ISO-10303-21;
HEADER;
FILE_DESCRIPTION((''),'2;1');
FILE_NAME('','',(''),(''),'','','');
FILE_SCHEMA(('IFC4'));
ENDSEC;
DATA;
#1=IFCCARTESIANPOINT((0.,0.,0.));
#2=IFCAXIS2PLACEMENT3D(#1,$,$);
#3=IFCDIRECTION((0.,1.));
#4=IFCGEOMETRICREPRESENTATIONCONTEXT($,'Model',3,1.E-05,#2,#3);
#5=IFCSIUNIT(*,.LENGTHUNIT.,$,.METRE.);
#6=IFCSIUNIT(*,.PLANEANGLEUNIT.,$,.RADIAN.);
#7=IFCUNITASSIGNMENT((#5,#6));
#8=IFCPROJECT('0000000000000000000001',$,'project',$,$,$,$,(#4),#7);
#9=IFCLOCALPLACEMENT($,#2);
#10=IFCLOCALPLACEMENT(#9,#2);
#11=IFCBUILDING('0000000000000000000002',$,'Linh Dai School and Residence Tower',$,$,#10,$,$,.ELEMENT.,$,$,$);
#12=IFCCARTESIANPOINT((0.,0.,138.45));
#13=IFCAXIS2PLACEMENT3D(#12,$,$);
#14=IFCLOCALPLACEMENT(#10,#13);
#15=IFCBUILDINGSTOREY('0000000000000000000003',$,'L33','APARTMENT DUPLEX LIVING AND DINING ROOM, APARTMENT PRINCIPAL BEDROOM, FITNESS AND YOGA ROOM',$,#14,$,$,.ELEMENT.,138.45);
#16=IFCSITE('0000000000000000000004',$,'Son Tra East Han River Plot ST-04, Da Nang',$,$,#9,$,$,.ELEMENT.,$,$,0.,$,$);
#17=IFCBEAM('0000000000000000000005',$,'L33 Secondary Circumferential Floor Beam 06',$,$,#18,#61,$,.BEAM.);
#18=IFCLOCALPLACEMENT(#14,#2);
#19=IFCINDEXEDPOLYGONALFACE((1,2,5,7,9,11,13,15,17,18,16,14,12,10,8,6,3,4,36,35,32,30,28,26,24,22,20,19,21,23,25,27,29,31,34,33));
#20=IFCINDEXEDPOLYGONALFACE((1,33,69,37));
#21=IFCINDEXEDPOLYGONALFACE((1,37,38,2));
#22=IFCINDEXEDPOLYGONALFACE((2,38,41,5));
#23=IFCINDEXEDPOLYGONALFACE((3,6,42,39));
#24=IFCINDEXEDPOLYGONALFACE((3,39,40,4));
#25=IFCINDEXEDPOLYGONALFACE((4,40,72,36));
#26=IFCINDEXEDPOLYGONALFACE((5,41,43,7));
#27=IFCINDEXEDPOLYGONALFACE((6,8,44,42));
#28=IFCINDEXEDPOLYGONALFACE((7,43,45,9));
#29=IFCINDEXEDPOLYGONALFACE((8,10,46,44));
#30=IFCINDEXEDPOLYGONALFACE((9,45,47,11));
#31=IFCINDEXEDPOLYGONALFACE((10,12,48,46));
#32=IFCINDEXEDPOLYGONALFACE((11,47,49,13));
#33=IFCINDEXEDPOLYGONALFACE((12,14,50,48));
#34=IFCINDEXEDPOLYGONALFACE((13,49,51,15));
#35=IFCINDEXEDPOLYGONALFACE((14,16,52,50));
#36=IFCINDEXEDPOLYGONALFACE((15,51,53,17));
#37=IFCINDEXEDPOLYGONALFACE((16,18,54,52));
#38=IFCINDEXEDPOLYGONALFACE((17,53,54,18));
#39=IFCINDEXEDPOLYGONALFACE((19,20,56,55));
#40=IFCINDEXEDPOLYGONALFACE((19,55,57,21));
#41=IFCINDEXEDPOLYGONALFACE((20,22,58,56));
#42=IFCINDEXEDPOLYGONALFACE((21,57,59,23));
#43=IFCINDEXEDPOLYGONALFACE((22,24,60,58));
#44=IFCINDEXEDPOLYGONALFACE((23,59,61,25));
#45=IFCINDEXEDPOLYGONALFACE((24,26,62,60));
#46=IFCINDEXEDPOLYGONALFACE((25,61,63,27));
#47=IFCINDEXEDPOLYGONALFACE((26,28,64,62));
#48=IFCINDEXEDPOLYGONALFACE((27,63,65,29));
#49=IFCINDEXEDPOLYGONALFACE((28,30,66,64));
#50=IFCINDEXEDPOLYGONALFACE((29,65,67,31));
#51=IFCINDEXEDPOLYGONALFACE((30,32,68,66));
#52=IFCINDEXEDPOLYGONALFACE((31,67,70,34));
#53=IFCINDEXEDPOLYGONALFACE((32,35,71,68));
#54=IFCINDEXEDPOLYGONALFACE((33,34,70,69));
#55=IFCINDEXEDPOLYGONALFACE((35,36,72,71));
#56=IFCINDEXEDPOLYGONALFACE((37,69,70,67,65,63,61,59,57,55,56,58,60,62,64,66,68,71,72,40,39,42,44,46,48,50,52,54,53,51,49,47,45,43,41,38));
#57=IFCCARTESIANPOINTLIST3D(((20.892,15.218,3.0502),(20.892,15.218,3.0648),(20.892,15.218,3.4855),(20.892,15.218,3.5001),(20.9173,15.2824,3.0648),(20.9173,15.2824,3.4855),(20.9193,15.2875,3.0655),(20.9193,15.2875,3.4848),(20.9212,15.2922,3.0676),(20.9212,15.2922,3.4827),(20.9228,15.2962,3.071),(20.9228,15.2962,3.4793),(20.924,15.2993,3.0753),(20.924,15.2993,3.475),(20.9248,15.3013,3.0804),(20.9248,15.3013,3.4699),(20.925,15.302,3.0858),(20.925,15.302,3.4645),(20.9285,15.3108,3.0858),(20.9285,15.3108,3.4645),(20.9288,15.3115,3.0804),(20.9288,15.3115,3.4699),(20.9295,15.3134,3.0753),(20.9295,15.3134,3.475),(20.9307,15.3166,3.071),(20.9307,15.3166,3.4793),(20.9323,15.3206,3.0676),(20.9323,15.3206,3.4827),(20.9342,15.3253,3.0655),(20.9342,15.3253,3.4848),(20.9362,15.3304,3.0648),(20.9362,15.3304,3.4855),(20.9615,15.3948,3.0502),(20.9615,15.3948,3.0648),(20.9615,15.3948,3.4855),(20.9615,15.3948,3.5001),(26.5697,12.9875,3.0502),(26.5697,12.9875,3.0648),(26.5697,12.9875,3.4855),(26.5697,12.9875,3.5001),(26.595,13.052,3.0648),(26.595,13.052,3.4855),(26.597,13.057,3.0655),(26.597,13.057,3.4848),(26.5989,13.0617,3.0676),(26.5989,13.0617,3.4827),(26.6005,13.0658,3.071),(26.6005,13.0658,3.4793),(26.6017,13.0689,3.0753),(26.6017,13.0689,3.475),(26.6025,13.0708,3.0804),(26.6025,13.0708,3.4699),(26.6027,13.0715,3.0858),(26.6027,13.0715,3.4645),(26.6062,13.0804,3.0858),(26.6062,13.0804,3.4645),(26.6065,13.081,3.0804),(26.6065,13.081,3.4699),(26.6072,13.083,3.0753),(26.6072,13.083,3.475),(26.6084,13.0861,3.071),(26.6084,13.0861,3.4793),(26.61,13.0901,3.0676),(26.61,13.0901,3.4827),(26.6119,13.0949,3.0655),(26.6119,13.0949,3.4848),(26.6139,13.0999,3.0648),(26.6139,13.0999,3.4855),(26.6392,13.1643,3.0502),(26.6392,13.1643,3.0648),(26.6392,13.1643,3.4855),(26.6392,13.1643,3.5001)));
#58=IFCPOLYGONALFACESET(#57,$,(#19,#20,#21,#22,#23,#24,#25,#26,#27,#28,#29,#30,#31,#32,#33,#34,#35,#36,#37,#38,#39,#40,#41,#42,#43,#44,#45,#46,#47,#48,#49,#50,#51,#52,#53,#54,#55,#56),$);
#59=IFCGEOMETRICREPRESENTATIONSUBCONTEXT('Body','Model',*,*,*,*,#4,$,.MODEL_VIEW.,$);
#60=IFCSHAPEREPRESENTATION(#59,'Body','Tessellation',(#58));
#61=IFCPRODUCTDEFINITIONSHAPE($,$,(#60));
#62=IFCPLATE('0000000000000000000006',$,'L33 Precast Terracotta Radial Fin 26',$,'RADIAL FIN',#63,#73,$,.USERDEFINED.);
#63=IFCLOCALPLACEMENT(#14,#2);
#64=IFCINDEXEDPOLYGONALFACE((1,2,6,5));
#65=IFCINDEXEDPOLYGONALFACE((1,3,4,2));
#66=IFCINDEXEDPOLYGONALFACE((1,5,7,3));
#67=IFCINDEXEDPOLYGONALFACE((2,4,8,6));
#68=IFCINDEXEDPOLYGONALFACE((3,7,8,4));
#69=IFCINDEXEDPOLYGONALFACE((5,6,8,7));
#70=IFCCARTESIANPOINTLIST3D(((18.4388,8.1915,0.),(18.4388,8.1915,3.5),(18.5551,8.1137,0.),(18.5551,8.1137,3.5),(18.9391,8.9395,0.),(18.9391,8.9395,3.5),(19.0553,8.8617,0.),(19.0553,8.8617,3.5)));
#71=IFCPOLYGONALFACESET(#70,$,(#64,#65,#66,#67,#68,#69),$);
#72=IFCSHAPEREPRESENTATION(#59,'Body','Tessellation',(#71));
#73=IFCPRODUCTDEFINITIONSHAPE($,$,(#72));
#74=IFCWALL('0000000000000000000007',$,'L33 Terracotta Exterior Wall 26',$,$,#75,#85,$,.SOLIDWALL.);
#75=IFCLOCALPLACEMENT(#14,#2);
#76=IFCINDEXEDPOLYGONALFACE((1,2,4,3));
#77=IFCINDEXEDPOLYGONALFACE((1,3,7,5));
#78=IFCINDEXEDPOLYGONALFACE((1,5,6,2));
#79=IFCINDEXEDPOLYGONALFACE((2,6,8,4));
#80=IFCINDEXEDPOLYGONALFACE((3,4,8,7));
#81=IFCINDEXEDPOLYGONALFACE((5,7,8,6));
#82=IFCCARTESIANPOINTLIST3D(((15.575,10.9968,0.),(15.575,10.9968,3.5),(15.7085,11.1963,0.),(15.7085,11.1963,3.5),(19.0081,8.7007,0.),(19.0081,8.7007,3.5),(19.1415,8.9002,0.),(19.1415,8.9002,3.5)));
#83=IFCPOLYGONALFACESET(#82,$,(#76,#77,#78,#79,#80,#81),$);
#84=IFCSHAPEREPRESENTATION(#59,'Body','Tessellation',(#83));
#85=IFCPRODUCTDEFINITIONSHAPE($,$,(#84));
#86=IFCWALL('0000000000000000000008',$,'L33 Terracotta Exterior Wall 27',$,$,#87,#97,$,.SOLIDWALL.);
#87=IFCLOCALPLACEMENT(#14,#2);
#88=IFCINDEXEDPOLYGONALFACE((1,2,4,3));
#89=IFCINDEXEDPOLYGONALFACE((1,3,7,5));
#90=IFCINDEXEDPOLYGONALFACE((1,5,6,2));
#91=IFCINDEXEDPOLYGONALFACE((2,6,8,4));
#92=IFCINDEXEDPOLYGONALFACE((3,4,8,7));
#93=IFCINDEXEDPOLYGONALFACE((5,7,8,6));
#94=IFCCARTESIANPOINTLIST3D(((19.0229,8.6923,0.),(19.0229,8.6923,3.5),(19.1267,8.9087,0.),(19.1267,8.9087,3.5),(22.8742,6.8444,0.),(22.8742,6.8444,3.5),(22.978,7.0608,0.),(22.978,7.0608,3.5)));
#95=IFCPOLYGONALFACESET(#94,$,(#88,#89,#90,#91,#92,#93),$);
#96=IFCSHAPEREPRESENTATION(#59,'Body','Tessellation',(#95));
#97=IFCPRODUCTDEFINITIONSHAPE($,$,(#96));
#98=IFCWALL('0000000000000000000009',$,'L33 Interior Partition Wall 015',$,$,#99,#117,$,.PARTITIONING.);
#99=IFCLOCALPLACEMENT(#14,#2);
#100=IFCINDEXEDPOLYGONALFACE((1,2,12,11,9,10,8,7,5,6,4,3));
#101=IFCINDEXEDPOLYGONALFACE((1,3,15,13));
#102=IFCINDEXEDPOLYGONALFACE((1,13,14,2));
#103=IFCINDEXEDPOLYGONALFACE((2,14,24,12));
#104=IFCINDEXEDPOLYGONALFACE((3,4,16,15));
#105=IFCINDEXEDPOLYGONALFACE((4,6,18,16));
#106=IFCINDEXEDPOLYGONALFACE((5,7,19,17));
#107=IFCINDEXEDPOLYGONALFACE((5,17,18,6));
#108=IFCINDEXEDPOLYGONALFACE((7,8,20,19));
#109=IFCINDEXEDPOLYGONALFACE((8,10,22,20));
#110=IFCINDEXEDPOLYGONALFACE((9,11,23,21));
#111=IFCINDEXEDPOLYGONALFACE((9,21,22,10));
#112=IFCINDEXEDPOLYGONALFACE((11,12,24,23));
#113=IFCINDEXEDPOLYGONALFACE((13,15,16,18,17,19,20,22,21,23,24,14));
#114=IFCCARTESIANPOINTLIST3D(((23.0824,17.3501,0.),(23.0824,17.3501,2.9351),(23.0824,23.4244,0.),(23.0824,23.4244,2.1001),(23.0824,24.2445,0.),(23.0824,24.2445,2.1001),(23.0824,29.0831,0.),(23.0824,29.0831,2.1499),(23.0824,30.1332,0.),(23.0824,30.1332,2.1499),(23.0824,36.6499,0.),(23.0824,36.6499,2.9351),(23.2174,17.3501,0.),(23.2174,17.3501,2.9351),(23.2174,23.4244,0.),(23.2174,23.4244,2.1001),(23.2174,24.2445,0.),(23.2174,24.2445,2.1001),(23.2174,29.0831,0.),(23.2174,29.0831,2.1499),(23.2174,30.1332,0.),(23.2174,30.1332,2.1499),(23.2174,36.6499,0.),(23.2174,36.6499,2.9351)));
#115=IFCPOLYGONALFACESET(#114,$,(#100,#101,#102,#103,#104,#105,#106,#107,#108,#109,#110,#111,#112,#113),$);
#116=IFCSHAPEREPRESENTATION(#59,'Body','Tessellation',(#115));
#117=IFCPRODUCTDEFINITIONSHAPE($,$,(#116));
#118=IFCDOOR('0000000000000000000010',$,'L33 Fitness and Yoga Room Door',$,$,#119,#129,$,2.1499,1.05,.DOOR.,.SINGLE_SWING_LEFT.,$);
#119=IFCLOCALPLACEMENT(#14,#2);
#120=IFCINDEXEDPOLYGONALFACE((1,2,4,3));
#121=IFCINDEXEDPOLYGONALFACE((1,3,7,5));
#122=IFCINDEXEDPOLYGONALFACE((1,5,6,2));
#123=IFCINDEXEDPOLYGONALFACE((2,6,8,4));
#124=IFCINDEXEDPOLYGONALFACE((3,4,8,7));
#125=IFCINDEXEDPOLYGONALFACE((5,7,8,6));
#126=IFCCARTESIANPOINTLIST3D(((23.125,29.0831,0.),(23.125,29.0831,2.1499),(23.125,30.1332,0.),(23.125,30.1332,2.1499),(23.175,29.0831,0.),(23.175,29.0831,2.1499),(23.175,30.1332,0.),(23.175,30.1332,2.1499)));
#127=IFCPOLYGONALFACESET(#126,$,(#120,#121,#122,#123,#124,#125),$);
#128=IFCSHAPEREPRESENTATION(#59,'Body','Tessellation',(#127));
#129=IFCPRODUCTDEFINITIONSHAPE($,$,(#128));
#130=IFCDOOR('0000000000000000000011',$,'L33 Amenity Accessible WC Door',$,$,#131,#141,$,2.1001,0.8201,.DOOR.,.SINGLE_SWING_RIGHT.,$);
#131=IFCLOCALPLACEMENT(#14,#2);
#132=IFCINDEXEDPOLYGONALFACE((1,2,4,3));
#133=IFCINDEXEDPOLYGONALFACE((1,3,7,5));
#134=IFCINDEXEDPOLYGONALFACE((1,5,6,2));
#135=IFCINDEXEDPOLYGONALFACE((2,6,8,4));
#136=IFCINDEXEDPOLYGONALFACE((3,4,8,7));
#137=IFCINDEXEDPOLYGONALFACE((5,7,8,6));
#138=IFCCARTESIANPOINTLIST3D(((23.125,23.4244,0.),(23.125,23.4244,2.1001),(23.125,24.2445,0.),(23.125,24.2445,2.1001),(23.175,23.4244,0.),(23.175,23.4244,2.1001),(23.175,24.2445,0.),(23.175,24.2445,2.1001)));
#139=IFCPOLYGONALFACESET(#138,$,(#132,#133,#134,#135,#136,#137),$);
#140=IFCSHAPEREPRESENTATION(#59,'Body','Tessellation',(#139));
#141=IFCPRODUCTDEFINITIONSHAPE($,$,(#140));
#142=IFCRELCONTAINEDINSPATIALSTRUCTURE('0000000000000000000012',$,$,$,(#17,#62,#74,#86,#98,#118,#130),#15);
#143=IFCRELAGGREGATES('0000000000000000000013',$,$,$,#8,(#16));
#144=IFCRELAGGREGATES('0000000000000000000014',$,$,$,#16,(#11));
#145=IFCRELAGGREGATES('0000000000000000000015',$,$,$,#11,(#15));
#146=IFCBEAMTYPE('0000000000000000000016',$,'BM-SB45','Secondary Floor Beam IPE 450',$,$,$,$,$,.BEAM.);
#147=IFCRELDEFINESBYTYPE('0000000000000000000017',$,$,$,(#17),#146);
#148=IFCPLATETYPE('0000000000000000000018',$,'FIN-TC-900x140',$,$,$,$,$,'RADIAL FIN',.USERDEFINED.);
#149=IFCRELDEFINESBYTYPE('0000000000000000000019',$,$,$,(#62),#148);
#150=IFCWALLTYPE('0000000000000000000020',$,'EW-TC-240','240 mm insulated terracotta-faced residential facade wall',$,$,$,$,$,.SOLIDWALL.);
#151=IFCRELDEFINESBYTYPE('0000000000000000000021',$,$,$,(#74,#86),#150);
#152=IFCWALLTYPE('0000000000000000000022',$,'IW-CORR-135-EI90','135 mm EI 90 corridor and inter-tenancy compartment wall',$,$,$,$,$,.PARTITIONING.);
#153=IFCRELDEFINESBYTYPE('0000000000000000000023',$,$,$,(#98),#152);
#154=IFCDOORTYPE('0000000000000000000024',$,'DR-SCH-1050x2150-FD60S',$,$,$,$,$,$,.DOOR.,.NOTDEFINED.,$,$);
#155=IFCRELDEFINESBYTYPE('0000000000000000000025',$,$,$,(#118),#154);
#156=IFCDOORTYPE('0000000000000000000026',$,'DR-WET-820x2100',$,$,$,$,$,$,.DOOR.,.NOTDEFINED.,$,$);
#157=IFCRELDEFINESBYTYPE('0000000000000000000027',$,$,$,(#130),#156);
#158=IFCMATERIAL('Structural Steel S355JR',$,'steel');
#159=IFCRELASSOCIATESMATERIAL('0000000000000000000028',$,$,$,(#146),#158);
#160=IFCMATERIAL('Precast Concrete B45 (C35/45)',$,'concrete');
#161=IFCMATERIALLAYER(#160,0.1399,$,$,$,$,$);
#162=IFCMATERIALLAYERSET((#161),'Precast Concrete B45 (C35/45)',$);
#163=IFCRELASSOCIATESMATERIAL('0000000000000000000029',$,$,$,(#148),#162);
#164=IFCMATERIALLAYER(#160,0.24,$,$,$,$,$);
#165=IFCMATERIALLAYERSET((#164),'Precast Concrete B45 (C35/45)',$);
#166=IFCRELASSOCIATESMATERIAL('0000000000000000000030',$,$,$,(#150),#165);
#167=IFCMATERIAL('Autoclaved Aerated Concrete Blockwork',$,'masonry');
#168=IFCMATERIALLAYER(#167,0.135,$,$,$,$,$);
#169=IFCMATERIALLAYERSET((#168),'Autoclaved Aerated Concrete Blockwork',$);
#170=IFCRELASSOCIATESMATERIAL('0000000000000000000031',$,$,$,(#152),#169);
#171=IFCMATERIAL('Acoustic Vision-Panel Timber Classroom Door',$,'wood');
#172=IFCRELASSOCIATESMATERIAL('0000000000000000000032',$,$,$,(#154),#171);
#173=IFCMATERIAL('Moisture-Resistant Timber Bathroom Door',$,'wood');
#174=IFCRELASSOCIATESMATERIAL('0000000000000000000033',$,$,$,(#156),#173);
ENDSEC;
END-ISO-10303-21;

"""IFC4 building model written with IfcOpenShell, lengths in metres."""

from ifc_helpers import new_model, si_unit, direction, frame, frame_2d, origin, origin_2d, place, context, subcontext, project, spatial, rectangle, i_section, extrude, source, transform, mapped, material, layer, layer_set, material_profile, profile_set, type_object, element, fill, save


model = new_model("IFC4")

# Units and contexts
model_context = context("Model", 3, precision=1e-05, world=origin(), true_north=direction((0.0, 1.0)))
body_context = subcontext(model_context, "Body", "Model", "MODEL_VIEW")
ifc_project = project(units=[si_unit("LENGTHUNIT", "METRE"), si_unit("PLANEANGLEUNIT", "RADIAN")], contexts=[model_context])

# Site, building, storey
site_placement = place(None, origin())
site = spatial("IfcSite", under=ifc_project, at=site_placement, Name="Son Tra East Han River Plot ST-04, Da Nang", CompositionType="ELEMENT", RefElevation=0.0)
building_placement = place(site_placement, origin())
building = spatial("IfcBuilding", under=site, at=building_placement, Name="Linh Dai School and Residence Tower", CompositionType="ELEMENT")
storey_placement = place(building_placement, frame((0.0, 0.0, 138.45)))
storey = spatial("IfcBuildingStorey", under=building, at=storey_placement, Name="L33", Description="APARTMENT DUPLEX LIVING AND DINING ROOM, APARTMENT PRINCIPAL BEDROOM, FITNESS AND YOGA ROOM", CompositionType="ELEMENT", Elevation=138.45)

# Shared definitions
ifc_material_1 = material(Name="Structural Steel S355JR", Category="steel")

# Beam
ifc_material_profile_1 = material_profile(ifc_material_1, i_section(OverallWidth=0.1899, OverallDepth=0.45, WebThickness=0.0095, FlangeThickness=0.0146, FilletRadius=0.021, at=origin_2d()), Name="IPE 450")
ifc_profile_set_1 = profile_set([ifc_material_profile_1], Name="Structural Steel S355JR")
beam_type_1 = type_object("IfcBeamType", Name="BM-SB45", Description="Secondary Floor Beam IPE 450", PredefinedType="BEAM", material=ifc_profile_set_1)
beam_1_placement = place(storey_placement, frame((20.9268, 15.3064, 3.2751), z_axis=(0.930755, -0.365642, 0.0), x_axis=(0.365642, 0.930755, 0.0)))
element("IfcBeam", 1, at=beam_1_placement, inside=storey, type_object=beam_type_1, Name="L33 Secondary Circumferential Floor Beam 06", PredefinedType="BEAM", context=body_context, shape_type="SweptSolid", body=[
    extrude(i_section(OverallWidth=0.1899, OverallDepth=0.45, WebThickness=0.0095, FlangeThickness=0.0146, FilletRadius=0.021, at=origin_2d()), origin(), (0.0, 0.0, 1.0), 6.1001),
])

# Plate
ifc_material_2 = material(Name="Precast Concrete B45 (C35/45)", Category="concrete")
ifc_layer_1 = layer(ifc_material_2, 0.1399)
ifc_layer_set_1 = layer_set([ifc_layer_1], Name="Precast Concrete B45 (C35/45)")
plate_type = type_object("IfcPlateType", Name="FIN-TC-900x140", ElementType="RADIAL FIN", PredefinedType="USERDEFINED", material=ifc_layer_set_1)
shared_shape_1 = source(origin(), body_context, "Body", "SweptSolid", [
    extrude(rectangle(XDim=0.8999, YDim=0.1399, at=origin_2d()), origin(), (0.0, 0.0, 1.0), 3.5),
])
plate_placement = place(storey_placement, frame((18.7471, 8.5266, 0.0), z_axis=(0.0, 0.0, 1.0), x_axis=(-0.555913, -0.83124, 0.0)))
element("IfcPlate", 2, at=plate_placement, inside=storey, type_object=plate_type, Name="L33 Precast Terracotta Radial Fin 26", ObjectType="RADIAL FIN", PredefinedType="USERDEFINED", context=body_context, shape_type="MappedRepresentation", body=[
    mapped(shared_shape_1, transform((0.0, 0.0, 0.0), x_axis=(1.0, 0.0, 0.0), y_axis=(0.0, 1.0, 0.0), z_axis=(0.0, 0.0, 1.0), scale=1.0)),
])

# Walls
ifc_layer_2 = layer(ifc_material_2, 0.24)
ifc_layer_set_2 = layer_set([ifc_layer_2], Name="Precast Concrete B45 (C35/45)")
wall_type_1 = type_object("IfcWallType", Name="EW-TC-240", Description="240 mm insulated terracotta-faced residential facade wall", PredefinedType="SOLIDWALL", material=ifc_layer_set_2)
wall_1_placement = place(storey_placement, frame((19.0747, 8.8005, 0.0), z_axis=(0.0, 0.0, 1.0), x_axis=(-0.831222, 0.555941, 0.0)))
element("IfcWall", 3, at=wall_1_placement, inside=storey, type_object=wall_type_1, Name="L33 Terracotta Exterior Wall 26", PredefinedType="SOLIDWALL", context=body_context, shape_type="SweptSolid", body=[
    extrude(rectangle(XDim=4.1301, YDim=0.24, at=frame_2d((2.0649, 0.0))), origin(), (0.0, 0.0, 1.0), 3.5),
])
wall_2_placement = place(storey_placement, frame((22.926, 6.9526, 0.0), z_axis=(0.0, 0.0, 1.0), x_axis=(-0.90159, 0.432592, 0.0)))
element("IfcWall", 4, at=wall_2_placement, inside=storey, type_object=wall_type_1, Name="L33 Terracotta Exterior Wall 27", PredefinedType="SOLIDWALL", context=body_context, shape_type="SweptSolid", body=[
    extrude(rectangle(XDim=4.2717, YDim=0.24, at=frame_2d((2.1357, 0.0))), origin(), (0.0, 0.0, 1.0), 3.5),
])

# Wall, openings, doors
ifc_material_3 = material(Name="Autoclaved Aerated Concrete Blockwork", Category="masonry")
ifc_layer_3 = layer(ifc_material_3, 0.135)
ifc_layer_set_3 = layer_set([ifc_layer_3], Name="Autoclaved Aerated Concrete Blockwork")
wall_type_2 = type_object("IfcWallType", Name="IW-CORR-135-EI90", Description="135 mm EI 90 corridor and inter-tenancy compartment wall", PredefinedType="PARTITIONING", material=ifc_layer_set_3)
wall_3_placement = place(storey_placement, frame((23.1499, 17.3501, 0.0), z_axis=(0.0, 0.0, 1.0), x_axis=(0.0, 1.0, 0.0)))
wall_3 = element("IfcWall", 5, at=wall_3_placement, inside=storey, type_object=wall_type_2, Name="L33 Interior Partition Wall 015", PredefinedType="PARTITIONING", context=body_context, shape_type="SweptSolid", body=[
    extrude(rectangle(XDim=19.2998, YDim=0.135, at=frame_2d((9.6499, 0.0))), origin(), (0.0, 0.0, 1.0), 2.9351),
])
opening_1_placement = place(wall_3_placement, frame((11.7332, 0.0, 0.0)))
opening_1 = element("IfcOpeningElement", 6, at=opening_1_placement, cuts=wall_3, PredefinedType="OPENING", context=body_context, shape_type="SweptSolid", body=[
    extrude(rectangle(XDim=1.05, YDim=2.1499, at=origin_2d()), frame((0.5249, 0.0776, 1.075), z_axis=(0.0, -1.0, 0.0), x_axis=(1.0, 0.0, 0.0)), (0.0, 0.0, 1.0), 0.155),
])
opening_2_placement = place(wall_3_placement, frame((6.0742, 0.0, 0.0)))
opening_2 = element("IfcOpeningElement", 7, at=opening_2_placement, cuts=wall_3, PredefinedType="OPENING", context=body_context, shape_type="SweptSolid", body=[
    extrude(rectangle(XDim=0.8201, YDim=2.1001, at=origin_2d()), frame((0.4102, 0.0776, 1.05), z_axis=(0.0, -1.0, 0.0), x_axis=(1.0, 0.0, 0.0)), (0.0, 0.0, 1.0), 0.155),
])
ifc_material_4 = material(Name="Acoustic Vision-Panel Timber Classroom Door", Category="wood")
door_type_1 = type_object("IfcDoorType", Name="DR-SCH-1050x2150-FD60S", OperationType="NOTDEFINED", PredefinedType="DOOR", material=ifc_material_4)
shared_shape_2 = source(origin(), body_context, "Body", "SweptSolid", [
    extrude(rectangle(XDim=1.05, YDim=2.1499, at=origin_2d()), frame((0.5249, 0.0249, 1.075), z_axis=(0.0, -1.0, 0.0), x_axis=(1.0, 0.0, 0.0)), (0.0, 0.0, 1.0), 0.05),
])
door_1_placement = place(opening_1_placement, origin())
door_1 = element("IfcDoor", 8, at=door_1_placement, inside=storey, type_object=door_type_1, Name="L33 Fitness and Yoga Room Door", OperationType="SINGLE_SWING_LEFT", OverallHeight=2.1499, OverallWidth=1.05, PredefinedType="DOOR", context=body_context, shape_type="MappedRepresentation", body=[
    mapped(shared_shape_2, transform((0.0, 0.0, 0.0), x_axis=(1.0, 0.0, 0.0), y_axis=(0.0, 1.0, 0.0), z_axis=(0.0, 0.0, 1.0), scale=1.0)),
])
fill(opening_1, door_1)
ifc_material_5 = material(Name="Moisture-Resistant Timber Bathroom Door", Category="wood")
door_type_2 = type_object("IfcDoorType", Name="DR-WET-820x2100", OperationType="NOTDEFINED", PredefinedType="DOOR", material=ifc_material_5)
shared_shape_3 = source(origin(), body_context, "Body", "SweptSolid", [
    extrude(rectangle(XDim=0.8201, YDim=2.1001, at=origin_2d()), frame((0.4102, 0.0249, 1.05), z_axis=(0.0, -1.0, 0.0), x_axis=(1.0, 0.0, 0.0)), (0.0, 0.0, 1.0), 0.05),
])
door_2_placement = place(opening_2_placement, origin())
door_2 = element("IfcDoor", 9, at=door_2_placement, inside=storey, type_object=door_type_2, Name="L33 Amenity Accessible WC Door", OperationType="SINGLE_SWING_RIGHT", OverallHeight=2.1001, OverallWidth=0.8201, PredefinedType="DOOR", context=body_context, shape_type="MappedRepresentation", body=[
    mapped(shared_shape_3, transform((0.0, 0.0, 0.0), x_axis=(1.0, 0.0, 0.0), y_axis=(0.0, 1.0, 0.0), z_axis=(0.0, 0.0, 1.0), scale=1.0)),
])
fill(opening_2, door_2)

save(model, "model.ifc")
